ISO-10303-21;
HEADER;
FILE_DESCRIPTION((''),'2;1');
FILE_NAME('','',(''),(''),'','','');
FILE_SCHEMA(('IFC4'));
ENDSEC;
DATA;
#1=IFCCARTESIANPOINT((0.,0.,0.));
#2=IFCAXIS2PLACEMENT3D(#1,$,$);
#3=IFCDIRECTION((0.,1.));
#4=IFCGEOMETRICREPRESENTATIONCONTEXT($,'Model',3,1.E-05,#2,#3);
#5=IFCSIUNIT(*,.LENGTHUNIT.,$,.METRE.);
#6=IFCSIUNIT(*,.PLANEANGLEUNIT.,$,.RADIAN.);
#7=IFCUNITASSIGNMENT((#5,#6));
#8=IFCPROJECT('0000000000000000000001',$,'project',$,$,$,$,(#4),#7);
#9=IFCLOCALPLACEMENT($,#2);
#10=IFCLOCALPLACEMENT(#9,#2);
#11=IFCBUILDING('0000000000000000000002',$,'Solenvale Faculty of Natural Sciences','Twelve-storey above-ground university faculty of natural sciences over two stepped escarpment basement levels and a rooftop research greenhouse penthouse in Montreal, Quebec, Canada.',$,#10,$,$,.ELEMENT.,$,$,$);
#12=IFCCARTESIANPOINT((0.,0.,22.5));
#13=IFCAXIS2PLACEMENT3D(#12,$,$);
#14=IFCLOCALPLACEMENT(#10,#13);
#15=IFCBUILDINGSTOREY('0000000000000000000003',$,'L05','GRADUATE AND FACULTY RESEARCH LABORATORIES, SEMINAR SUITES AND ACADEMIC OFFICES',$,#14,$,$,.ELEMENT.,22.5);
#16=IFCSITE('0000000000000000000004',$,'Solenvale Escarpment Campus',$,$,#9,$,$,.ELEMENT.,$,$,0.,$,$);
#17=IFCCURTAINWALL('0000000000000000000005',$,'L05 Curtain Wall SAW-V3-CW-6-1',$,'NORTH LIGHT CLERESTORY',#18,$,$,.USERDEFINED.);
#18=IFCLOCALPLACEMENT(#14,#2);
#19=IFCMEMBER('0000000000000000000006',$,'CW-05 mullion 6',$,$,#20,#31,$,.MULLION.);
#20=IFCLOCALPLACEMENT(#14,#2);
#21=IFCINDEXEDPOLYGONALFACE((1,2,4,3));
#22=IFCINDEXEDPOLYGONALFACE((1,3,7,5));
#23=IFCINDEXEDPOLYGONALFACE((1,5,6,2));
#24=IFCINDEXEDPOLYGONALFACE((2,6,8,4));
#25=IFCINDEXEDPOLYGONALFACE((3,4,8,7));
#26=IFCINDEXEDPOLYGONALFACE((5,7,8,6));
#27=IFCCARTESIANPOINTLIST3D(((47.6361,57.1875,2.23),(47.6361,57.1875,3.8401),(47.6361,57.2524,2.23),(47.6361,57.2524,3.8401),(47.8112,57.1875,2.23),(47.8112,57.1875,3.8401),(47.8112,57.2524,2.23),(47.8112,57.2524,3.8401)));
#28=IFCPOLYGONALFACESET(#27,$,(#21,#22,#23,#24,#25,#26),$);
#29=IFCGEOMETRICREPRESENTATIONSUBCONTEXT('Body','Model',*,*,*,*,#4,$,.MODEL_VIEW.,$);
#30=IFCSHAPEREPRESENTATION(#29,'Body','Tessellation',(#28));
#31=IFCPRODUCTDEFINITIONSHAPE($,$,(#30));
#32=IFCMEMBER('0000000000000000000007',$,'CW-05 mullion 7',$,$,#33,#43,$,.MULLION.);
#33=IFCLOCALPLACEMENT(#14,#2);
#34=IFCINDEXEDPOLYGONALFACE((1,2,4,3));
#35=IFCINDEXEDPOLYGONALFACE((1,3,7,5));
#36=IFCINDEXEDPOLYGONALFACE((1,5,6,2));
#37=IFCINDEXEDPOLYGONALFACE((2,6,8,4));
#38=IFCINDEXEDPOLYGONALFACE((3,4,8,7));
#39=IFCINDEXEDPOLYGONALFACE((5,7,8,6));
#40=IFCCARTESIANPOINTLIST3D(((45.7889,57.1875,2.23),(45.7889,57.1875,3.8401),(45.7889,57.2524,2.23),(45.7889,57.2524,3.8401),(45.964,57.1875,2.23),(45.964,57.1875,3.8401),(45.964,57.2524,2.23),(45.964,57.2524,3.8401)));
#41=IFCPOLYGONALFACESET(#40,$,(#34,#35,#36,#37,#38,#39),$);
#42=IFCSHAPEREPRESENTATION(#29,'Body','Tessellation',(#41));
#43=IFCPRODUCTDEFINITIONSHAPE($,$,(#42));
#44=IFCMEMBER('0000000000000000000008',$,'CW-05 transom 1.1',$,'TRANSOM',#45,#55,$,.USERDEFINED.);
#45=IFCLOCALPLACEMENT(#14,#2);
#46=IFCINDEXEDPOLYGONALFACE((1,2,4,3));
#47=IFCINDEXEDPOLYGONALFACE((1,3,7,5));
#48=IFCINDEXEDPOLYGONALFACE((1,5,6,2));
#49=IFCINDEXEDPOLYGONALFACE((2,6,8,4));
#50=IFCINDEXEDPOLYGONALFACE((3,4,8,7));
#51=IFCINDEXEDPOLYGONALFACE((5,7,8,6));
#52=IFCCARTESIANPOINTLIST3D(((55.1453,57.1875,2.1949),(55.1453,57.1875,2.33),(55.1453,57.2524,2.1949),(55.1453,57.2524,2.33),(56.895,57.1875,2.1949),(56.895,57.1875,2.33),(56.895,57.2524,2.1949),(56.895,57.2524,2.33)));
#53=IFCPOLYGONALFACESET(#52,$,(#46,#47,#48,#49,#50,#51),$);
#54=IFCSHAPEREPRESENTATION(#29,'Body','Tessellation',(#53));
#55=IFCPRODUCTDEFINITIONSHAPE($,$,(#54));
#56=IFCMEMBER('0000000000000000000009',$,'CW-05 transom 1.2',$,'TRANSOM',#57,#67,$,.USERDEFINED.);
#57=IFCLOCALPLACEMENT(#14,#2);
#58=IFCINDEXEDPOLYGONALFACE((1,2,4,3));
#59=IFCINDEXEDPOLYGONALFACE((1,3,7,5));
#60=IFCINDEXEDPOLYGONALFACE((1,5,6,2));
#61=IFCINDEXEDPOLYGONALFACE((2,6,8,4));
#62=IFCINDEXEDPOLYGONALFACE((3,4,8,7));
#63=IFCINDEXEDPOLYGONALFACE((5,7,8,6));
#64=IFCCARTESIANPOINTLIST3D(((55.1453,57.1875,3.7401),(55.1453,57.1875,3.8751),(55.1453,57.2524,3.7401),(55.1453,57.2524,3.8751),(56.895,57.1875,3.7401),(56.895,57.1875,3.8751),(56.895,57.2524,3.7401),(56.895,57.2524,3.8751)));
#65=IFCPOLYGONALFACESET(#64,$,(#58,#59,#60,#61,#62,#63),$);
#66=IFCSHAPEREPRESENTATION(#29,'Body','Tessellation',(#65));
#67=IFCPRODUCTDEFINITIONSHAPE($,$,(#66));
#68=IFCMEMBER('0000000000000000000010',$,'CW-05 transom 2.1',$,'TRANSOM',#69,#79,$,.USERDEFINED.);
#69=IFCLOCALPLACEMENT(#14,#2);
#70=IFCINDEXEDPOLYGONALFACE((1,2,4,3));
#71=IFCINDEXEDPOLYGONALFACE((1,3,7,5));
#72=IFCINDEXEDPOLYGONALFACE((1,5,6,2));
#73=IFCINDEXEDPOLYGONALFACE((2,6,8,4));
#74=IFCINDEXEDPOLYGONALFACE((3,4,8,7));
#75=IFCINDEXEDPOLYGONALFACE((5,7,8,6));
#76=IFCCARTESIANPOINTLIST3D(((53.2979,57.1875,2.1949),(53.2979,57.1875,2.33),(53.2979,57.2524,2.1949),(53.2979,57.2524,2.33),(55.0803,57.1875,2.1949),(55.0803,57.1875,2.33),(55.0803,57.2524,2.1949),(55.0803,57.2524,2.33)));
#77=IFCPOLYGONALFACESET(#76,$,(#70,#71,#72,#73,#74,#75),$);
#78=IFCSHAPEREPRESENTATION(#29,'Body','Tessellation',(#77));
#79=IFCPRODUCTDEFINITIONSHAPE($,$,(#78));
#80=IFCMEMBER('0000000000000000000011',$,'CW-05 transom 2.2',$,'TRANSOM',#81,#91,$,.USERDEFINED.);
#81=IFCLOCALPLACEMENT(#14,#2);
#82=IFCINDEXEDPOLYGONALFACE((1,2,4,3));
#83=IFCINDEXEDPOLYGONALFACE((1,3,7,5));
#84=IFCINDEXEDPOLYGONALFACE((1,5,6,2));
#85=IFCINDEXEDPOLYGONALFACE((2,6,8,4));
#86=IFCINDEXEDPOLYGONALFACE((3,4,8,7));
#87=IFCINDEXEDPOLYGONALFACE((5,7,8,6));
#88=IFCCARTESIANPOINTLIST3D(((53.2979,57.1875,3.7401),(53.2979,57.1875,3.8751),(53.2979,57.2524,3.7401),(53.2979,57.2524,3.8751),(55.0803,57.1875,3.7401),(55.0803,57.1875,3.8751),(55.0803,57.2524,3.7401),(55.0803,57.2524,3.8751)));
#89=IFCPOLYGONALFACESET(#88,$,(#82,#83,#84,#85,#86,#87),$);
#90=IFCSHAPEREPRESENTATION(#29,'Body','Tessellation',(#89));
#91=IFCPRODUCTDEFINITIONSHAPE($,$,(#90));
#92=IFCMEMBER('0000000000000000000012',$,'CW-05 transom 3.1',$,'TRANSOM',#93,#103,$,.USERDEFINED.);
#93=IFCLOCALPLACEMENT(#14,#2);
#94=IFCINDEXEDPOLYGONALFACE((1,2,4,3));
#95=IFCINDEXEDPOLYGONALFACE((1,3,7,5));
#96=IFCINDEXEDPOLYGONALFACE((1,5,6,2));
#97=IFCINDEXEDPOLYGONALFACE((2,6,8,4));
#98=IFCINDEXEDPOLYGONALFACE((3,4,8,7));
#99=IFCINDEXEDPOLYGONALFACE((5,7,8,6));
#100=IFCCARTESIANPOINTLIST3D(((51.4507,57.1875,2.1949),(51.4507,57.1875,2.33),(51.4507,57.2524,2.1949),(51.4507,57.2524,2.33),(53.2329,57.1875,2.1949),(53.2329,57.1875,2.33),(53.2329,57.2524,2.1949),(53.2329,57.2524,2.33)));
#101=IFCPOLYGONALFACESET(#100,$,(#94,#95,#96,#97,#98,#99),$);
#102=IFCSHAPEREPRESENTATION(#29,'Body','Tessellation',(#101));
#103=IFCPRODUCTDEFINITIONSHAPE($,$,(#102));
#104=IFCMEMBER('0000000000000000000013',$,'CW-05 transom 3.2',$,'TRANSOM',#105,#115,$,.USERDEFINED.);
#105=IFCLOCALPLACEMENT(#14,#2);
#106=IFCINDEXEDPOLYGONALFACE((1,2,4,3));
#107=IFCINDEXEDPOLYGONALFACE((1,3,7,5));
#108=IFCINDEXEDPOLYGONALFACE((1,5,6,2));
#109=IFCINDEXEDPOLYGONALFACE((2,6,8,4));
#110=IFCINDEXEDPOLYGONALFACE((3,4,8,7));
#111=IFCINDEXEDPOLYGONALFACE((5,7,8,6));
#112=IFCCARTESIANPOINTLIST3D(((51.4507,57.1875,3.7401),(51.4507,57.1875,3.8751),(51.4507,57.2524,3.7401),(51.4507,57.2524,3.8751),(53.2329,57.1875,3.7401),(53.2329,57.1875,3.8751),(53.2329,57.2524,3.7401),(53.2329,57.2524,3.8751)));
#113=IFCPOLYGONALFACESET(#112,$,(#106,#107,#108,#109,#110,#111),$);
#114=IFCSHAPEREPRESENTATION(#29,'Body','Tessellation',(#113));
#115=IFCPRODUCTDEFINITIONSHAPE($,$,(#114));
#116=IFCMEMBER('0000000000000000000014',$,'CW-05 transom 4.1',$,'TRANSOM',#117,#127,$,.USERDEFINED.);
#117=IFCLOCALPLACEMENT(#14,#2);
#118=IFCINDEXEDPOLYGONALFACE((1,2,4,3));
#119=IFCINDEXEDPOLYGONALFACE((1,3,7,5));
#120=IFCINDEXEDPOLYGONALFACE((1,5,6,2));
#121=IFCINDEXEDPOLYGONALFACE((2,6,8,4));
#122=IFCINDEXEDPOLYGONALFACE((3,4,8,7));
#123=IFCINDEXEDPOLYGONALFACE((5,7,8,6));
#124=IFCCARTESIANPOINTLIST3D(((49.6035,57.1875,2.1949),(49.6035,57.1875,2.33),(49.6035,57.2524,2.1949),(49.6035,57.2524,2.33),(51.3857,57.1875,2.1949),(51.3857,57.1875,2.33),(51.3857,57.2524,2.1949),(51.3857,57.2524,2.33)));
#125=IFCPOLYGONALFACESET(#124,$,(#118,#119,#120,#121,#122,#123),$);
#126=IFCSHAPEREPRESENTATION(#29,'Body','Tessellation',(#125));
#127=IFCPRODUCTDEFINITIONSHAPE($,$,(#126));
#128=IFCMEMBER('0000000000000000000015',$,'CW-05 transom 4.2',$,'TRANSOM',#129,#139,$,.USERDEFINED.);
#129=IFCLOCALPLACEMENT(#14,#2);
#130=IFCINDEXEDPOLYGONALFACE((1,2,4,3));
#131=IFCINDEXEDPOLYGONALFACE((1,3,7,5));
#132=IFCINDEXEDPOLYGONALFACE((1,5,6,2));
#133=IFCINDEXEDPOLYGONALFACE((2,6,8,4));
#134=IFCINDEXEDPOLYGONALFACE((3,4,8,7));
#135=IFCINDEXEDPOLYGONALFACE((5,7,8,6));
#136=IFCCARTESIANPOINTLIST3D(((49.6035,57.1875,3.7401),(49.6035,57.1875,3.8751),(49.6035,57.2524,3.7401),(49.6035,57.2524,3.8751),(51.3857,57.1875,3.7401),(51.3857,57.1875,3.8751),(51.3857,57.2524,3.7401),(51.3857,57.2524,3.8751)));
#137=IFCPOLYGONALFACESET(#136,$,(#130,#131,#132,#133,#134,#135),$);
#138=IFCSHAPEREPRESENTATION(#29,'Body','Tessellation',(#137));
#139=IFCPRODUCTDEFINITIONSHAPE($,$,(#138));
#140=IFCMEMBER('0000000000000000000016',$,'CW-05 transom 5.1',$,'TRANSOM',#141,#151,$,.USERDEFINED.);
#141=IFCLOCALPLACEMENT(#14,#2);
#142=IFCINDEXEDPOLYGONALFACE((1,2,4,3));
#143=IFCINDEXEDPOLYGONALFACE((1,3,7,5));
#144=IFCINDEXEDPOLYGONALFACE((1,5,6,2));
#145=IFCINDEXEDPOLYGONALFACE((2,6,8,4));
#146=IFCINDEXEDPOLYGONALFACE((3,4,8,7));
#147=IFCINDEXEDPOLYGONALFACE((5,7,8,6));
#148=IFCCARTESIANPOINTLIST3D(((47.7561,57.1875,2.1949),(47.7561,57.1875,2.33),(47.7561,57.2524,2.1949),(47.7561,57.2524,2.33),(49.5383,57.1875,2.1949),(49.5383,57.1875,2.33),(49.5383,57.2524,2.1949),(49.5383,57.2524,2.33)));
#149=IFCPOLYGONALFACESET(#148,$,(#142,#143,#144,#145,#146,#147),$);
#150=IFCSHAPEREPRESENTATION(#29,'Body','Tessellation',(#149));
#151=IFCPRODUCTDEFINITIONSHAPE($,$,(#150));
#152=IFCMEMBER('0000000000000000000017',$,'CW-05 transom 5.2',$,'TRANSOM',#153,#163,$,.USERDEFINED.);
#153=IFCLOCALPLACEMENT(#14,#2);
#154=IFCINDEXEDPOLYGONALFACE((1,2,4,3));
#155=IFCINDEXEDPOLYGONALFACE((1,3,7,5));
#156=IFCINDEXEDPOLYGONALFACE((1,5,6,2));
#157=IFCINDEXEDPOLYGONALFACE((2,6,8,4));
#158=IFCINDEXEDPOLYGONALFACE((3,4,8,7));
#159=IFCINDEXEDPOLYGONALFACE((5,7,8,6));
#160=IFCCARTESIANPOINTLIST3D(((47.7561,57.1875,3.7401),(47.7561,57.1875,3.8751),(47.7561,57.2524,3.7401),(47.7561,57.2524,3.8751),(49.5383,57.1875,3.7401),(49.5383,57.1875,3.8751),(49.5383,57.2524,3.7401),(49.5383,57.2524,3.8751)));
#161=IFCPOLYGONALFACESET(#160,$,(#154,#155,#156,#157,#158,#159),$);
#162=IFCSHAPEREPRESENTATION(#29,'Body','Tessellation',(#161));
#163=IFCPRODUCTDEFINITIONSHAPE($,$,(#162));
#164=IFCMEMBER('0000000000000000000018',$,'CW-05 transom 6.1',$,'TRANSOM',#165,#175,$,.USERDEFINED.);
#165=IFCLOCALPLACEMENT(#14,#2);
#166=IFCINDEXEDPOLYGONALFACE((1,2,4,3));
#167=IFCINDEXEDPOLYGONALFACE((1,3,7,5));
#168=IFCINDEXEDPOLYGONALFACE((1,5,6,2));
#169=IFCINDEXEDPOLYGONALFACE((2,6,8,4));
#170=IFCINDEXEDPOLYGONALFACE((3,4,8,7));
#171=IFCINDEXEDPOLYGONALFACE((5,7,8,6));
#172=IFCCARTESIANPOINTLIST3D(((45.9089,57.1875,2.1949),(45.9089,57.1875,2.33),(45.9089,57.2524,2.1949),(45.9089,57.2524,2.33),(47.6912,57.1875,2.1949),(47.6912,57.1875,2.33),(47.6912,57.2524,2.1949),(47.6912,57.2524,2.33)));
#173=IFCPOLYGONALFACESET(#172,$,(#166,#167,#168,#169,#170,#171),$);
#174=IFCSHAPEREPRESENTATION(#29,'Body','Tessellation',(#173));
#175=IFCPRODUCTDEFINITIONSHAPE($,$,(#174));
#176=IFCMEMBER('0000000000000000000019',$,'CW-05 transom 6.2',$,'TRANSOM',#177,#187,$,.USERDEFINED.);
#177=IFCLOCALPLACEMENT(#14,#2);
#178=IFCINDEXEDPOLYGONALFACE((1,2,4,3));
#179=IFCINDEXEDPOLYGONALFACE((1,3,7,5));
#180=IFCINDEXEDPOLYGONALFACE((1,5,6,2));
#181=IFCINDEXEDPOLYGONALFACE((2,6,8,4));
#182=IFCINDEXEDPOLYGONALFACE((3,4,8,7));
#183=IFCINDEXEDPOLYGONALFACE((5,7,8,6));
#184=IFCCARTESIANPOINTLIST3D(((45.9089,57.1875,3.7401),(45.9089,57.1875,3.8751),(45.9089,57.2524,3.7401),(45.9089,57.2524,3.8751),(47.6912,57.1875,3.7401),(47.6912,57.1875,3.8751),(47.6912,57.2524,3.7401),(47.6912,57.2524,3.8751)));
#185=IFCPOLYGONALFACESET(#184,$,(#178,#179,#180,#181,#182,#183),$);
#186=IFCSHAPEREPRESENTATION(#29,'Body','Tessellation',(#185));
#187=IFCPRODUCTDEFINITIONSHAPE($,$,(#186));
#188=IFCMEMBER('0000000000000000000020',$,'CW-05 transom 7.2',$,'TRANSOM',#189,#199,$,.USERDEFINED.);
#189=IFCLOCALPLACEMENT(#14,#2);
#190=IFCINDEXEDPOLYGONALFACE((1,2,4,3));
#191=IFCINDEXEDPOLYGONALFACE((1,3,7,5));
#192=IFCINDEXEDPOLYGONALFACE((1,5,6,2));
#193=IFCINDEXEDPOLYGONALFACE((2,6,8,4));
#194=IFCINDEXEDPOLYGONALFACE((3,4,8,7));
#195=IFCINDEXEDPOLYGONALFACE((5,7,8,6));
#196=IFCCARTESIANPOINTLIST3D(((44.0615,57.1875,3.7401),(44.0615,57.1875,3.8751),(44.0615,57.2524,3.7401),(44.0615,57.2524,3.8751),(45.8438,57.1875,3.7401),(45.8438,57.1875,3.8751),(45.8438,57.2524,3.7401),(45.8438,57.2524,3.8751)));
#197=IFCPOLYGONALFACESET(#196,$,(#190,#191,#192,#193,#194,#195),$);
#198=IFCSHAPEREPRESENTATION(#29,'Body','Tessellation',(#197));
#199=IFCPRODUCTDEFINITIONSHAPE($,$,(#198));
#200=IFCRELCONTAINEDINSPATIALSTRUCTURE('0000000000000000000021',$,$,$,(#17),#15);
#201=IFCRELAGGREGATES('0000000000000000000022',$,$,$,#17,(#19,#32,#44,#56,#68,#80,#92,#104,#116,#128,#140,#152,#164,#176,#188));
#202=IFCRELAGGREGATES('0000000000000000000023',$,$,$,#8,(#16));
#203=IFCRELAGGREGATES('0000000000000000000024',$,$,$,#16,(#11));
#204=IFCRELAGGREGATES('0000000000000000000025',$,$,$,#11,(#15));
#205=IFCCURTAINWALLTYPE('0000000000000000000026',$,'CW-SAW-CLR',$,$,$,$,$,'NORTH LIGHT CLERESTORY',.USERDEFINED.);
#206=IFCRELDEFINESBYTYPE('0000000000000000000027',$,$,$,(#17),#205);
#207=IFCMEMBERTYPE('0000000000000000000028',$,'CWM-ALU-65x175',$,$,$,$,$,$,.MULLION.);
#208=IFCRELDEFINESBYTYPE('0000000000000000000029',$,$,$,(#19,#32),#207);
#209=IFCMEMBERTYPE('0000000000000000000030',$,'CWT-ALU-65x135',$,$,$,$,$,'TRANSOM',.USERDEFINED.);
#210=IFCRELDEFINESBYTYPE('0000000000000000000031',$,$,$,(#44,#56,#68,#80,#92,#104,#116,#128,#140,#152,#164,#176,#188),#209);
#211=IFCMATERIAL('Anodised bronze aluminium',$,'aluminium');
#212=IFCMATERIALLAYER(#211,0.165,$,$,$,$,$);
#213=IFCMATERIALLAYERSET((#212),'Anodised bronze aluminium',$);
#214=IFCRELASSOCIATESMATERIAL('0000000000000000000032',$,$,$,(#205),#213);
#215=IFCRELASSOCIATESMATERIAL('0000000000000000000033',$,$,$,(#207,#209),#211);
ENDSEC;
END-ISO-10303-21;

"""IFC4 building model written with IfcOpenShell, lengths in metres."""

from ifc_helpers import new_model, si_unit, direction, frame, origin, origin_2d, place, context, subcontext, project, spatial, rectangle, extrude, material, layer, layer_set, material_profile, profile_set, type_object, element, aggregate, save


model = new_model("IFC4")

# Units and contexts
model_context = context("Model", 3, precision=1e-05, world=origin(), true_north=direction((0.0, 1.0)))
body_context = subcontext(model_context, "Body", "Model", "MODEL_VIEW")
ifc_project = project(units=[si_unit("LENGTHUNIT", "METRE"), si_unit("PLANEANGLEUNIT", "RADIAN")], contexts=[model_context])

# Site, building, storey
site_placement = place(None, origin())
site = spatial("IfcSite", under=ifc_project, at=site_placement, Name="Solenvale Escarpment Campus", CompositionType="ELEMENT", RefElevation=0.0)
building_placement = place(site_placement, origin())
building = spatial("IfcBuilding", under=site, at=building_placement, Name="Solenvale Faculty of Natural Sciences", Description="Twelve-storey above-ground university faculty of natural sciences over two stepped escarpment basement levels and a rooftop research greenhouse penthouse in Montreal, Quebec, Canada.", CompositionType="ELEMENT")
storey_placement = place(building_placement, frame((0.0, 0.0, 22.5)))
storey = spatial("IfcBuildingStorey", under=building, at=storey_placement, Name="L05", Description="GRADUATE AND FACULTY RESEARCH LABORATORIES, SEMINAR SUITES AND ACADEMIC OFFICES", CompositionType="ELEMENT", Elevation=22.5)

# Curtain wall, members
ifc_material_1 = material(Name="Anodised bronze aluminium", Category="aluminium")
ifc_layer_1 = layer(ifc_material_1, 0.165)
ifc_layer_set_1 = layer_set([ifc_layer_1], Name="Anodised bronze aluminium")
curtain_wall_type = type_object("IfcCurtainWallType", Name="CW-SAW-CLR", ElementType="NORTH LIGHT CLERESTORY", PredefinedType="USERDEFINED", material=ifc_layer_set_1)
curtain_wall_placement = place(storey_placement, origin())
curtain_wall = element("IfcCurtainWall", 1, at=curtain_wall_placement, inside=storey, type_object=curtain_wall_type, Name="L05 Curtain Wall SAW-V3-CW-6-1", ObjectType="NORTH LIGHT CLERESTORY", PredefinedType="USERDEFINED")
ifc_material_profile_1 = material_profile(ifc_material_1, rectangle(XDim=0.0649, YDim=0.175, at=origin_2d()), Name="ALU-MUL-65x175")
ifc_profile_set_1 = profile_set([ifc_material_profile_1], Name="Anodised bronze aluminium")
member_type_1 = type_object("IfcMemberType", Name="CWM-ALU-65x175", PredefinedType="MULLION", material=ifc_profile_set_1)
member_1_placement = place(storey_placement, frame((47.7236, 57.22, 2.23), z_axis=(0.0, 0.0, 1.0), x_axis=(0.0, -1.0, 0.0)))
member_1 = element("IfcMember", 2, at=member_1_placement, type_object=member_type_1, Name="CW-05 mullion 6", PredefinedType="MULLION", context=body_context, shape_type="SweptSolid", body=[
    extrude(rectangle(XDim=0.0649, YDim=0.175, at=origin_2d()), origin(), (0.0, 0.0, 1.0), 1.6101),
])
member_2_placement = place(storey_placement, frame((45.8765, 57.22, 2.23), z_axis=(0.0, 0.0, 1.0), x_axis=(0.0, -1.0, 0.0)))
member_2 = element("IfcMember", 3, at=member_2_placement, type_object=member_type_1, Name="CW-05 mullion 7", PredefinedType="MULLION", context=body_context, shape_type="SweptSolid", body=[
    extrude(rectangle(XDim=0.0649, YDim=0.175, at=origin_2d()), origin(), (0.0, 0.0, 1.0), 1.6101),
])
ifc_material_profile_2 = material_profile(ifc_material_1, rectangle(XDim=0.0649, YDim=0.135, at=origin_2d()), Name="ALU-TRN-65x135")
ifc_profile_set_2 = profile_set([ifc_material_profile_2], Name="Anodised bronze aluminium")
member_type_2 = type_object("IfcMemberType", Name="CWT-ALU-65x135", ElementType="TRANSOM", PredefinedType="USERDEFINED", material=ifc_profile_set_2)
member_3_placement = place(storey_placement, frame((56.895, 57.22, 2.2625), z_axis=(-1.0, 0.0, 0.0), x_axis=(0.0, -1.0, 0.0)))
member_3 = element("IfcMember", 4, at=member_3_placement, type_object=member_type_2, Name="CW-05 transom 1.1", ObjectType="TRANSOM", PredefinedType="USERDEFINED", context=body_context, shape_type="SweptSolid", body=[
    extrude(rectangle(XDim=0.0649, YDim=0.135, at=origin_2d()), origin(), (0.0, 0.0, 1.0), 1.7498),
])
member_4_placement = place(storey_placement, frame((56.895, 57.22, 3.8076), z_axis=(-1.0, 0.0, 0.0), x_axis=(0.0, -1.0, 0.0)))
member_4 = element("IfcMember", 5, at=member_4_placement, type_object=member_type_2, Name="CW-05 transom 1.2", ObjectType="TRANSOM", PredefinedType="USERDEFINED", context=body_context, shape_type="SweptSolid", body=[
    extrude(rectangle(XDim=0.0649, YDim=0.135, at=origin_2d()), origin(), (0.0, 0.0, 1.0), 1.7498),
])
member_5_placement = place(storey_placement, frame((55.0803, 57.22, 2.2625), z_axis=(-1.0, 0.0, 0.0), x_axis=(0.0, -1.0, 0.0)))
member_5 = element("IfcMember", 6, at=member_5_placement, type_object=member_type_2, Name="CW-05 transom 2.1", ObjectType="TRANSOM", PredefinedType="USERDEFINED", context=body_context, shape_type="SweptSolid", body=[
    extrude(rectangle(XDim=0.0649, YDim=0.135, at=origin_2d()), origin(), (0.0, 0.0, 1.0), 1.7825),
])
member_6_placement = place(storey_placement, frame((55.0803, 57.22, 3.8076), z_axis=(-1.0, 0.0, 0.0), x_axis=(0.0, -1.0, 0.0)))
member_6 = element("IfcMember", 7, at=member_6_placement, type_object=member_type_2, Name="CW-05 transom 2.2", ObjectType="TRANSOM", PredefinedType="USERDEFINED", context=body_context, shape_type="SweptSolid", body=[
    extrude(rectangle(XDim=0.0649, YDim=0.135, at=origin_2d()), origin(), (0.0, 0.0, 1.0), 1.7825),
])
member_7_placement = place(storey_placement, frame((53.2329, 57.22, 2.2625), z_axis=(-1.0, 0.0, 0.0), x_axis=(0.0, -1.0, 0.0)))
member_7 = element("IfcMember", 8, at=member_7_placement, type_object=member_type_2, Name="CW-05 transom 3.1", ObjectType="TRANSOM", PredefinedType="USERDEFINED", context=body_context, shape_type="SweptSolid", body=[
    extrude(rectangle(XDim=0.0649, YDim=0.135, at=origin_2d()), origin(), (0.0, 0.0, 1.0), 1.7822),
])
member_8_placement = place(storey_placement, frame((53.2329, 57.22, 3.8076), z_axis=(-1.0, 0.0, 0.0), x_axis=(0.0, -1.0, 0.0)))
member_8 = element("IfcMember", 9, at=member_8_placement, type_object=member_type_2, Name="CW-05 transom 3.2", ObjectType="TRANSOM", PredefinedType="USERDEFINED", context=body_context, shape_type="SweptSolid", body=[
    extrude(rectangle(XDim=0.0649, YDim=0.135, at=origin_2d()), origin(), (0.0, 0.0, 1.0), 1.7822),
])
member_9_placement = place(storey_placement, frame((51.3857, 57.22, 2.2625), z_axis=(-1.0, 0.0, 0.0), x_axis=(0.0, -1.0, 0.0)))
member_9 = element("IfcMember", 10, at=member_9_placement, type_object=member_type_2, Name="CW-05 transom 4.1", ObjectType="TRANSOM", PredefinedType="USERDEFINED", context=body_context, shape_type="SweptSolid", body=[
    extrude(rectangle(XDim=0.0649, YDim=0.135, at=origin_2d()), origin(), (0.0, 0.0, 1.0), 1.7822),
])
member_10_placement = place(storey_placement, frame((51.3857, 57.22, 3.8076), z_axis=(-1.0, 0.0, 0.0), x_axis=(0.0, -1.0, 0.0)))
member_10 = element("IfcMember", 11, at=member_10_placement, type_object=member_type_2, Name="CW-05 transom 4.2", ObjectType="TRANSOM", PredefinedType="USERDEFINED", context=body_context, shape_type="SweptSolid", body=[
    extrude(rectangle(XDim=0.0649, YDim=0.135, at=origin_2d()), origin(), (0.0, 0.0, 1.0), 1.7822),
])
member_11_placement = place(storey_placement, frame((49.5383, 57.22, 2.2625), z_axis=(-1.0, 0.0, 0.0), x_axis=(0.0, -1.0, 0.0)))
member_11 = element("IfcMember", 12, at=member_11_placement, type_object=member_type_2, Name="CW-05 transom 5.1", ObjectType="TRANSOM", PredefinedType="USERDEFINED", context=body_context, shape_type="SweptSolid", body=[
    extrude(rectangle(XDim=0.0649, YDim=0.135, at=origin_2d()), origin(), (0.0, 0.0, 1.0), 1.7822),
])
member_12_placement = place(storey_placement, frame((49.5383, 57.22, 3.8076), z_axis=(-1.0, 0.0, 0.0), x_axis=(0.0, -1.0, 0.0)))
member_12 = element("IfcMember", 13, at=member_12_placement, type_object=member_type_2, Name="CW-05 transom 5.2", ObjectType="TRANSOM", PredefinedType="USERDEFINED", context=body_context, shape_type="SweptSolid", body=[
    extrude(rectangle(XDim=0.0649, YDim=0.135, at=origin_2d()), origin(), (0.0, 0.0, 1.0), 1.7822),
])
member_13_placement = place(storey_placement, frame((47.6912, 57.22, 2.2625), z_axis=(-1.0, 0.0, 0.0), x_axis=(0.0, -1.0, 0.0)))
member_13 = element("IfcMember", 14, at=member_13_placement, type_object=member_type_2, Name="CW-05 transom 6.1", ObjectType="TRANSOM", PredefinedType="USERDEFINED", context=body_context, shape_type="SweptSolid", body=[
    extrude(rectangle(XDim=0.0649, YDim=0.135, at=origin_2d()), origin(), (0.0, 0.0, 1.0), 1.7822),
])
member_14_placement = place(storey_placement, frame((47.6912, 57.22, 3.8076), z_axis=(-1.0, 0.0, 0.0), x_axis=(0.0, -1.0, 0.0)))
member_14 = element("IfcMember", 15, at=member_14_placement, type_object=member_type_2, Name="CW-05 transom 6.2", ObjectType="TRANSOM", PredefinedType="USERDEFINED", context=body_context, shape_type="SweptSolid", body=[
    extrude(rectangle(XDim=0.0649, YDim=0.135, at=origin_2d()), origin(), (0.0, 0.0, 1.0), 1.7822),
])
member_15_placement = place(storey_placement, frame((45.8438, 57.22, 3.8076), z_axis=(-1.0, 0.0, 0.0), x_axis=(0.0, -1.0, 0.0)))
member_15 = element("IfcMember", 16, at=member_15_placement, type_object=member_type_2, Name="CW-05 transom 7.2", ObjectType="TRANSOM", PredefinedType="USERDEFINED", context=body_context, shape_type="SweptSolid", body=[
    extrude(rectangle(XDim=0.0649, YDim=0.135, at=origin_2d()), origin(), (0.0, 0.0, 1.0), 1.7822),
])

aggregate(curtain_wall, [member_1, member_2, member_3, member_4, member_5, member_6, member_7, member_8, member_9, member_10, member_11, member_12, member_13, member_14, member_15])

save(model, "model.ifc")
